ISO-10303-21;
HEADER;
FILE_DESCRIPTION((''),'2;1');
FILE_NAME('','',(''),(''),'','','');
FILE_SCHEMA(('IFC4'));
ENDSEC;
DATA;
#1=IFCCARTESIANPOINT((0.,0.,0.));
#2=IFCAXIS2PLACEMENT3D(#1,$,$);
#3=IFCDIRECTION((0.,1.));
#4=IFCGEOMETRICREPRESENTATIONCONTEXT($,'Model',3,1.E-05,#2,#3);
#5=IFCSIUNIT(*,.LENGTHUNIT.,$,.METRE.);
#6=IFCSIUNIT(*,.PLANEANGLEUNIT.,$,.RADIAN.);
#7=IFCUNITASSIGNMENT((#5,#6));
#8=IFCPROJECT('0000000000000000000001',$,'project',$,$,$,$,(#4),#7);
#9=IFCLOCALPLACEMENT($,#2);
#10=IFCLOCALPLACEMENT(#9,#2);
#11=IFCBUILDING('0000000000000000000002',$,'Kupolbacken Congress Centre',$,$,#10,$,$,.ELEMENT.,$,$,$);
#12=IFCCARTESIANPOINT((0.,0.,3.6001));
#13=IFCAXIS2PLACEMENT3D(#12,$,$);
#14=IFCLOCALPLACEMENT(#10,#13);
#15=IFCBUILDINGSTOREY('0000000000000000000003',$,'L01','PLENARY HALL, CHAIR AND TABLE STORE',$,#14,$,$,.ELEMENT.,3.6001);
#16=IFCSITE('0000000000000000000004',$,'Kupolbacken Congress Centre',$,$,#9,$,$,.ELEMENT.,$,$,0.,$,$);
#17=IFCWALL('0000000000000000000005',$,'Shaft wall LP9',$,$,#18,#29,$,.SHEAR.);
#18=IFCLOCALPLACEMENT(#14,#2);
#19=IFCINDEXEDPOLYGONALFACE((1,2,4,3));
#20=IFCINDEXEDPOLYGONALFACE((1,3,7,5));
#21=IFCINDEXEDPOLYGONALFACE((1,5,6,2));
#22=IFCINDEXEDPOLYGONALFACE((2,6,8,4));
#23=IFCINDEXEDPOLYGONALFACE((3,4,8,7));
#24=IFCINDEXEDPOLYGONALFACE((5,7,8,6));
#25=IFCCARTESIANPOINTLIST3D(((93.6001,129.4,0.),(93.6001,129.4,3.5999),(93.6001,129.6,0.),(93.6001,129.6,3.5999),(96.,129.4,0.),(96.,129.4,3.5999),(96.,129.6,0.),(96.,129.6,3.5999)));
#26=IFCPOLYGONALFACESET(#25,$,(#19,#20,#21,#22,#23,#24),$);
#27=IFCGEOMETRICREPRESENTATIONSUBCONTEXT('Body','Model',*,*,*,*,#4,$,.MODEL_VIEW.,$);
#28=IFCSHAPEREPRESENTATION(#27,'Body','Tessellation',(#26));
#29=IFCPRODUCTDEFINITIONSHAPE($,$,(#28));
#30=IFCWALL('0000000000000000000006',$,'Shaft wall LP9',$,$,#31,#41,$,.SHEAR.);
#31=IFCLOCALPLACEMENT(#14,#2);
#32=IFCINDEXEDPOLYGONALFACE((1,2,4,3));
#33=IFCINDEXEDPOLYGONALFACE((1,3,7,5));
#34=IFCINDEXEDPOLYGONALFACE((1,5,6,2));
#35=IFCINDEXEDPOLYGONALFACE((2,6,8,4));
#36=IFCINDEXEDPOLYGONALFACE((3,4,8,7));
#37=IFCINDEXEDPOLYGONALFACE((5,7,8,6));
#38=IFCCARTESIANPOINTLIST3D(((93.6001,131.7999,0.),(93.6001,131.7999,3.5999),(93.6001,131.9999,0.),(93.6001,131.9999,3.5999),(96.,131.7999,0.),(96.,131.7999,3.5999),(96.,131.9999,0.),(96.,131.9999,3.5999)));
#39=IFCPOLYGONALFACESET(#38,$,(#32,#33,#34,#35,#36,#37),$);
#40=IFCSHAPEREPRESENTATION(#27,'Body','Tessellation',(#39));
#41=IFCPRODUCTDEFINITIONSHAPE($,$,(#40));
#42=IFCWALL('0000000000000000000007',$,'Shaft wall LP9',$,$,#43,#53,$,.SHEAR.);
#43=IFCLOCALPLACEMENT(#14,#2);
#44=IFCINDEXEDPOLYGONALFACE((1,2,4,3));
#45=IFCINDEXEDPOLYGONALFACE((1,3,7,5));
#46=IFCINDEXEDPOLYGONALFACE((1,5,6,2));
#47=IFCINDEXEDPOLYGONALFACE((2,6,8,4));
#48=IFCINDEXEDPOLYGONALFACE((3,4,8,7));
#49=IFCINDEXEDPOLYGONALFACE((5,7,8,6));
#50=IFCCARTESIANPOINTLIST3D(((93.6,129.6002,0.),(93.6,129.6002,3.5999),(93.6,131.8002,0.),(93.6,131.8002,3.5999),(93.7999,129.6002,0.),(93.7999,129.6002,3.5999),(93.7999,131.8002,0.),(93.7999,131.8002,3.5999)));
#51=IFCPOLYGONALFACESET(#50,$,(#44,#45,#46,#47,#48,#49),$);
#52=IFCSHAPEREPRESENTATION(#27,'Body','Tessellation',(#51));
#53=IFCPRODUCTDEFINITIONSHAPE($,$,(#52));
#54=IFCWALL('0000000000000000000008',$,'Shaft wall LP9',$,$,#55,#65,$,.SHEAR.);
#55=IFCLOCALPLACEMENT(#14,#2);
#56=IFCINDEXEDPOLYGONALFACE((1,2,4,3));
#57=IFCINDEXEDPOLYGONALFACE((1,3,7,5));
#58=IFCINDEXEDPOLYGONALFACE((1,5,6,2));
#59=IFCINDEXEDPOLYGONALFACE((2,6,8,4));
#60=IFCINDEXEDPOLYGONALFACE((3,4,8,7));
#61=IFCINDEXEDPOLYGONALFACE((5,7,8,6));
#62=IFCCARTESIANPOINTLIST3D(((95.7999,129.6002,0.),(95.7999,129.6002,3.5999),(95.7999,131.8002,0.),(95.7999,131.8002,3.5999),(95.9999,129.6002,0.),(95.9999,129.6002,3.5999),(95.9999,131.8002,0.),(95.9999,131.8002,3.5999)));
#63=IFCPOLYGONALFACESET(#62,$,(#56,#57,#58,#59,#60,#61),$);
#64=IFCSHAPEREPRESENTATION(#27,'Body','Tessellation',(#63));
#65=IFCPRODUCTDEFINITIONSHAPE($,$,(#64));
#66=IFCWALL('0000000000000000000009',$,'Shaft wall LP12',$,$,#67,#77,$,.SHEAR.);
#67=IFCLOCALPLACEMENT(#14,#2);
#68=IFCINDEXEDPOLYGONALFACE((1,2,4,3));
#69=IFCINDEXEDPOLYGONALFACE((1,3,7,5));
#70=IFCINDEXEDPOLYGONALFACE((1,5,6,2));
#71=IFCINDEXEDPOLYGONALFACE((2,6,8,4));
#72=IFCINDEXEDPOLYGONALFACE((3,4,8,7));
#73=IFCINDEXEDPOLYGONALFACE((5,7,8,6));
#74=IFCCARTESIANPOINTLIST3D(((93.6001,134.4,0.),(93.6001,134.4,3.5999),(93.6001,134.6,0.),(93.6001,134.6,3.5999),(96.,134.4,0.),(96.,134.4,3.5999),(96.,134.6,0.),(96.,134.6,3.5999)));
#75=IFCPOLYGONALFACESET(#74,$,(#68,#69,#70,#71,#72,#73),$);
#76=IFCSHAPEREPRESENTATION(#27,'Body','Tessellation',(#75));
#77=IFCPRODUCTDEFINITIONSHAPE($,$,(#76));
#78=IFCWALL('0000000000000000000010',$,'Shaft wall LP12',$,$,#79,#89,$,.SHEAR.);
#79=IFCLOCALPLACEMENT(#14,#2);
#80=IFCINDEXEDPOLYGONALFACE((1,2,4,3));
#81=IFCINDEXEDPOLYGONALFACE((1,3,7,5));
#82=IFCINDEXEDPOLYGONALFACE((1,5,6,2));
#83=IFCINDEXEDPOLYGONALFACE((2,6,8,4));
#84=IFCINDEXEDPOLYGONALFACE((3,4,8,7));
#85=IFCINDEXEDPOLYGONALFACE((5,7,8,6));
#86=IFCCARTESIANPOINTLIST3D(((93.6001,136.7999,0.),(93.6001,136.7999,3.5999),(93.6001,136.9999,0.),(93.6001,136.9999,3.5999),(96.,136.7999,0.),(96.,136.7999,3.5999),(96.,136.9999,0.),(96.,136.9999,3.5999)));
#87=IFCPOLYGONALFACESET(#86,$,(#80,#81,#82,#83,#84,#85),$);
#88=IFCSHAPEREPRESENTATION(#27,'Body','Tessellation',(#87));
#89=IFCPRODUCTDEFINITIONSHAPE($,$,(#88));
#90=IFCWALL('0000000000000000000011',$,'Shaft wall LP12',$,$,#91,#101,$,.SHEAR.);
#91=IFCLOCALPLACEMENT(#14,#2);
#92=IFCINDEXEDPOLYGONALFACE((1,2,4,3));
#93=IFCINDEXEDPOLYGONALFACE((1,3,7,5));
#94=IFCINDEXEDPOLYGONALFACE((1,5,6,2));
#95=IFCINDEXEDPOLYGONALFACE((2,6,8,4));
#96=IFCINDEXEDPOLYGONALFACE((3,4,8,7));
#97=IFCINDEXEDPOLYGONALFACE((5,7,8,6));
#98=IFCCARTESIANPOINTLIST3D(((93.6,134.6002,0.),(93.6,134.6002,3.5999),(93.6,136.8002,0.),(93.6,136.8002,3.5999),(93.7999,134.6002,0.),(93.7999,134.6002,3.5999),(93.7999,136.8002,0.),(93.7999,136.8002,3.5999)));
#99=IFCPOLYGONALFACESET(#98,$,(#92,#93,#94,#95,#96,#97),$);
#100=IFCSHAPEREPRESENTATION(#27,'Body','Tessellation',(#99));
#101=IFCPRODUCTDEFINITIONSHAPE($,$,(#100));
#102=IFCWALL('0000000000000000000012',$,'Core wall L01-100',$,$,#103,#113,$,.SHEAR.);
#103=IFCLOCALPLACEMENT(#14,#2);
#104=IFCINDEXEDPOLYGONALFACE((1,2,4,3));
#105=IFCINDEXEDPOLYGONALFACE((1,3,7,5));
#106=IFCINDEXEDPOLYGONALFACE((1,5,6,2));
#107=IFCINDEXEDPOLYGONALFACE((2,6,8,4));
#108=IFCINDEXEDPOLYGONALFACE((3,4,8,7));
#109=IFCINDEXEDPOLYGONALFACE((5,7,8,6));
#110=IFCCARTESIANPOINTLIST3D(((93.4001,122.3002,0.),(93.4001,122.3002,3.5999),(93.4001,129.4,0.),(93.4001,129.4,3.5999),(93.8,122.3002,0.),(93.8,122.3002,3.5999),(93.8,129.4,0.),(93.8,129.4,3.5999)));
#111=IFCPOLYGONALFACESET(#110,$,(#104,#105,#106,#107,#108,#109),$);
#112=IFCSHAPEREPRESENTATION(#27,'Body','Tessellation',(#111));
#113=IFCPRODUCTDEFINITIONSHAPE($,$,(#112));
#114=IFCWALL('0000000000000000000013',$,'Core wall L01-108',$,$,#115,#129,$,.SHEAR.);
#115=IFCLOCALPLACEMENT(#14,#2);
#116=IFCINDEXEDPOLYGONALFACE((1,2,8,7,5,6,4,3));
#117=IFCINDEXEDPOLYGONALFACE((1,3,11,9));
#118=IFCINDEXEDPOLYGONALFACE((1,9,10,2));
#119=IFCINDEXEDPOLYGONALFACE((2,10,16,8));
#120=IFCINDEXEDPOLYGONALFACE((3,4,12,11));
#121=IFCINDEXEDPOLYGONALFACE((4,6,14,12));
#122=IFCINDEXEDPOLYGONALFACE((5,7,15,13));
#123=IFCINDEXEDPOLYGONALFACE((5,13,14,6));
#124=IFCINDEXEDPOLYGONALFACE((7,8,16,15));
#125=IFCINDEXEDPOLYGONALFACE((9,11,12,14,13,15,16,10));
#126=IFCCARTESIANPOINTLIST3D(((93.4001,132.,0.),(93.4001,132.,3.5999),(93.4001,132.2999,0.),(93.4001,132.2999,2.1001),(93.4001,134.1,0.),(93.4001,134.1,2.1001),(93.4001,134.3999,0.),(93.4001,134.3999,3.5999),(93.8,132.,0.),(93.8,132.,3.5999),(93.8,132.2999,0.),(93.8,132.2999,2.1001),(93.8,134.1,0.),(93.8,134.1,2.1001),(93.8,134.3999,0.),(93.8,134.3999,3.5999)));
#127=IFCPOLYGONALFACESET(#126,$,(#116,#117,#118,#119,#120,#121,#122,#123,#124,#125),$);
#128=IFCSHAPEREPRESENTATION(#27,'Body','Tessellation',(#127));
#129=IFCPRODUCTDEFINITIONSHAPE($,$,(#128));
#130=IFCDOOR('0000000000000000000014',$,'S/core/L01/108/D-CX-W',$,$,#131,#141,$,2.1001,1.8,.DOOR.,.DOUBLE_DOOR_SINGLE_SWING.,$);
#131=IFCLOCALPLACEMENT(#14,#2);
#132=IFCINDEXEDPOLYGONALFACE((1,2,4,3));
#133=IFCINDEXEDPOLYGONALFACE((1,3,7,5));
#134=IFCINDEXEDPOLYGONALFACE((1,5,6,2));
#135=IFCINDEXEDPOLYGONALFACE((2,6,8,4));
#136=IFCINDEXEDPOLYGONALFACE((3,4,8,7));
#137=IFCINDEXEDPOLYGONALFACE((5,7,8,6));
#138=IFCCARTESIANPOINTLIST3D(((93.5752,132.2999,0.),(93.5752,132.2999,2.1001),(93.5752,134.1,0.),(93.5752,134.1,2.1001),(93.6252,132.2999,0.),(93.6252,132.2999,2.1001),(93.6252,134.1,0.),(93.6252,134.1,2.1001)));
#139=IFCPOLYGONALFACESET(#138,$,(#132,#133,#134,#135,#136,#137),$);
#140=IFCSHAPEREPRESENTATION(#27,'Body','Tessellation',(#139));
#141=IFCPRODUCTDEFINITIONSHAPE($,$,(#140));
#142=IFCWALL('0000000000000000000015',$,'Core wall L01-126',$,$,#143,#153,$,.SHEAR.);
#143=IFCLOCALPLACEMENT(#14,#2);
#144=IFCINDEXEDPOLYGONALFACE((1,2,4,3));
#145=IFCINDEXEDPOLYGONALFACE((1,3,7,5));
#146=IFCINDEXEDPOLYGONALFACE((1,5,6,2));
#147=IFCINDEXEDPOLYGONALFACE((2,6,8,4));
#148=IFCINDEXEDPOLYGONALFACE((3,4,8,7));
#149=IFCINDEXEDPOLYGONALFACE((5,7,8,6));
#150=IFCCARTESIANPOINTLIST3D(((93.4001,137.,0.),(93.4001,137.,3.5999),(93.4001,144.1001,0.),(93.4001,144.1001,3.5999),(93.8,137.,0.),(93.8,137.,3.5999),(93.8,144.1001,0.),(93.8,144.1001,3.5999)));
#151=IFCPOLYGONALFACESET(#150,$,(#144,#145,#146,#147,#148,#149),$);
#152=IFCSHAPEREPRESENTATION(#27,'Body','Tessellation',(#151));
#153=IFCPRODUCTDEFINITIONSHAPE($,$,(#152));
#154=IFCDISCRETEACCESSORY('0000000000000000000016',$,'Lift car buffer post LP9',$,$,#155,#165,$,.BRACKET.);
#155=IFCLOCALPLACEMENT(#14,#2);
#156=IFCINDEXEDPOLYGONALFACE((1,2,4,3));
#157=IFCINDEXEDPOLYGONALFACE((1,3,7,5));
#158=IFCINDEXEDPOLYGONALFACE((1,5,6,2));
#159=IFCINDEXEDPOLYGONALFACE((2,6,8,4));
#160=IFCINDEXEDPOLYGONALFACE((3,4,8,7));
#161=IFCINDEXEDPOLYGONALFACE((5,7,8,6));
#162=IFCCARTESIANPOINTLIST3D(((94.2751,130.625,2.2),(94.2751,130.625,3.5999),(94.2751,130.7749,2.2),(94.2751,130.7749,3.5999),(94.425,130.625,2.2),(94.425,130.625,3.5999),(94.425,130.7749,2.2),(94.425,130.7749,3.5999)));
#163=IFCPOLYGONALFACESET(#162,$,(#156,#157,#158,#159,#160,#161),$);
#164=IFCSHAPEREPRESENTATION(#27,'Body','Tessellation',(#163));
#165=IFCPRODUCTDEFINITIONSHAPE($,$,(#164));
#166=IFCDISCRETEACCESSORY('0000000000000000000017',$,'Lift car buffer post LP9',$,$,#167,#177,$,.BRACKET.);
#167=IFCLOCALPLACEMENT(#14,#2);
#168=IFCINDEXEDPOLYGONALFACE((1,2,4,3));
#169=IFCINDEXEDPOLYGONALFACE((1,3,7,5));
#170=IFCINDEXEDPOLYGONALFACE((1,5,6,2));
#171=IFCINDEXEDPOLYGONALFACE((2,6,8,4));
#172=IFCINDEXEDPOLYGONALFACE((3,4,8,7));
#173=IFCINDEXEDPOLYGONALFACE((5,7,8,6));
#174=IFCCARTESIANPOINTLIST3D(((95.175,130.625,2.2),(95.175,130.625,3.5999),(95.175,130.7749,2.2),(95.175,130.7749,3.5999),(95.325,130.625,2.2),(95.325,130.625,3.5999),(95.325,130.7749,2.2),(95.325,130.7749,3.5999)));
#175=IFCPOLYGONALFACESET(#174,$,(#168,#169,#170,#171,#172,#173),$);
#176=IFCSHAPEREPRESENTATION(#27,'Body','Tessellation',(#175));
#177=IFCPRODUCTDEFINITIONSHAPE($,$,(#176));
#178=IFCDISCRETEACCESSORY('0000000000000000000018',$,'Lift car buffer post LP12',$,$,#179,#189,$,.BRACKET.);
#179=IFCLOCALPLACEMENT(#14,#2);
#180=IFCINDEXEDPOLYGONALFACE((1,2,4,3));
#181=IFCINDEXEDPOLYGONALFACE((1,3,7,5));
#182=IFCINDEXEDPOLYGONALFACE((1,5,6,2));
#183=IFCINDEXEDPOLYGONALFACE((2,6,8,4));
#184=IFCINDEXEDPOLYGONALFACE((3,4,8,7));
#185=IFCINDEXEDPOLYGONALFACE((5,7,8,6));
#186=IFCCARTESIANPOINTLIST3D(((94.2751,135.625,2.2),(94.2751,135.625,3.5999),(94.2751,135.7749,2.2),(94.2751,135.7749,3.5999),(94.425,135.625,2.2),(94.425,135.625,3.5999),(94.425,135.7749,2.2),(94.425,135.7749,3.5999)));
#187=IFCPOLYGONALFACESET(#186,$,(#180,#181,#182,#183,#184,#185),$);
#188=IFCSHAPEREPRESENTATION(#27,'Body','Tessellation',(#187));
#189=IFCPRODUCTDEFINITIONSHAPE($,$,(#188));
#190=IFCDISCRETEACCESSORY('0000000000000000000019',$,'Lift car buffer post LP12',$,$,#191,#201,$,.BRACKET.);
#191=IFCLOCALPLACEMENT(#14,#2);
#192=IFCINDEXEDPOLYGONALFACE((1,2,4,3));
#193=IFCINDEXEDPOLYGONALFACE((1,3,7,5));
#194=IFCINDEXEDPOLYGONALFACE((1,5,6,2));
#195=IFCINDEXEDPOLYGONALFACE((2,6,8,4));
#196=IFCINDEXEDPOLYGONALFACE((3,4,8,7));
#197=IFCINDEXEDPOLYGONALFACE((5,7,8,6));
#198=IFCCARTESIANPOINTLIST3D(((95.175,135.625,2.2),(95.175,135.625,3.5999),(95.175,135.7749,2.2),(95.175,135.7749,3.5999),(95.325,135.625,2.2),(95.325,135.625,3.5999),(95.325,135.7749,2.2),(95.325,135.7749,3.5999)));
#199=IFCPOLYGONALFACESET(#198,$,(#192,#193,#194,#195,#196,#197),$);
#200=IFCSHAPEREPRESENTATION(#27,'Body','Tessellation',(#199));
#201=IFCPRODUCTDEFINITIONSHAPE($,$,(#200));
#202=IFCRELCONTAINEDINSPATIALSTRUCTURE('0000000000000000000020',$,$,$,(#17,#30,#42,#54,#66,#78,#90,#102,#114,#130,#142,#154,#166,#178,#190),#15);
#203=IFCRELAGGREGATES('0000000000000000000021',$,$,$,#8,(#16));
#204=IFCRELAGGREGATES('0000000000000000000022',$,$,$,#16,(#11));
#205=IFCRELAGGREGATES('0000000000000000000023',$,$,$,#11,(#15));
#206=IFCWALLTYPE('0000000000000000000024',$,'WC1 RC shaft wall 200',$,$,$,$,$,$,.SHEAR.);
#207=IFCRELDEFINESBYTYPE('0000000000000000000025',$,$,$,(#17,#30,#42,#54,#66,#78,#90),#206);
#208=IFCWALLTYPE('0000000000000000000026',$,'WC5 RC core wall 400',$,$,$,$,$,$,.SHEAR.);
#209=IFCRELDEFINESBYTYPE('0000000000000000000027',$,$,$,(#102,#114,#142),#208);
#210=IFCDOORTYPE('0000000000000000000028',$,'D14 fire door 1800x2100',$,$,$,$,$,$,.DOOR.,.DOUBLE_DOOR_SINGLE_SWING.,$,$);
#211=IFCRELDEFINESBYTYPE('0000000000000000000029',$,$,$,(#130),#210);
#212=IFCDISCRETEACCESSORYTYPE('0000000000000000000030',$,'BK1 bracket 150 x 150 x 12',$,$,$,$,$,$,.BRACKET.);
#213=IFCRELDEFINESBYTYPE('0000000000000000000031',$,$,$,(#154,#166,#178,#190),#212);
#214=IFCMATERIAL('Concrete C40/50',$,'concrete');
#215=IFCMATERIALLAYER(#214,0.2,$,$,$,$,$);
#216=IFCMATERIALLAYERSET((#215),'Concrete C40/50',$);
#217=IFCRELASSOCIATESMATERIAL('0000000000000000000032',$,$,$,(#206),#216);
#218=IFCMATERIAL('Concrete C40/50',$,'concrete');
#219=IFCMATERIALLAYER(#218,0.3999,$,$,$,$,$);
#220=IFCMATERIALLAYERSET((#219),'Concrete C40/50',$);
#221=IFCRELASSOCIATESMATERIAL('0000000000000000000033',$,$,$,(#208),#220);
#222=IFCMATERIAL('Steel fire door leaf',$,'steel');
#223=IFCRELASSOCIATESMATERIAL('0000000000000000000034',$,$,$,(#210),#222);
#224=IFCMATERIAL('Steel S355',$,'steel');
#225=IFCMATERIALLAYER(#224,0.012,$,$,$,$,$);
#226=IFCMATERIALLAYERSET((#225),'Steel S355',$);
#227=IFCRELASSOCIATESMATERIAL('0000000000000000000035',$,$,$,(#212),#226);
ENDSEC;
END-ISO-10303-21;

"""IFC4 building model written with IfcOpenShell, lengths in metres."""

from ifc_helpers import new_model, si_unit, direction, frame, frame_2d, origin, origin_2d, place, context, subcontext, project, spatial, rectangle, extrude, material, layer, layer_set, type_object, element, fill, save


model = new_model("IFC4")

# Units and contexts
model_context = context("Model", 3, precision=1e-05, world=origin(), true_north=direction((0.0, 1.0)))
body_context = subcontext(model_context, "Body", "Model", "MODEL_VIEW")
ifc_project = project(units=[si_unit("LENGTHUNIT", "METRE"), si_unit("PLANEANGLEUNIT", "RADIAN")], contexts=[model_context])

# Site, building, storey
site_placement = place(None, origin())
site = spatial("IfcSite", under=ifc_project, at=site_placement, Name="Kupolbacken Congress Centre", CompositionType="ELEMENT", RefElevation=0.0)
building_placement = place(site_placement, origin())
building = spatial("IfcBuilding", under=site, at=building_placement, Name="Kupolbacken Congress Centre", CompositionType="ELEMENT")
storey_placement = place(building_placement, frame((0.0, 0.0, 3.6001)))
storey = spatial("IfcBuildingStorey", under=building, at=storey_placement, Name="L01", Description="PLENARY HALL, CHAIR AND TABLE STORE", CompositionType="ELEMENT", Elevation=3.6001)

# Walls
ifc_material_1 = material(Name="Concrete C40/50", Category="concrete")
ifc_layer_1 = layer(ifc_material_1, 0.2)
ifc_layer_set_1 = layer_set([ifc_layer_1], Name="Concrete C40/50")
wall_type_1 = type_object("IfcWallType", Name="WC1 RC shaft wall 200", PredefinedType="SHEAR", material=ifc_layer_set_1)
for number, where, z_axis, x_axis, name in (
    (1, (93.6001, 129.5, 0.0), (0.0, 0.0, 1.0), (1.0, 0.0, 0.0), "Shaft wall LP9"),
    (2, (93.6001, 131.8999, 0.0), (0.0, 0.0, 1.0), (1.0, 0.0, 0.0), "Shaft wall LP9"),
):
    element("IfcWall", number, at=place(storey_placement, frame(where, z_axis=z_axis, x_axis=x_axis)), inside=storey, type_object=wall_type_1, Name=name, PredefinedType="SHEAR", context=body_context, shape_type="SweptSolid", body=[
        extrude(rectangle(XDim=2.3999, YDim=0.2, at=frame_2d((1.2, 0.0))), origin(), (0.0, 0.0, 1.0), 3.5999),
    ])
for number, where, z_axis, x_axis, name in (
    (3, (93.7, 129.6001, 0.0), (0.0, 0.0, 1.0), (0.0, 1.0, 0.0), "Shaft wall LP9"),
    (4, (95.8999, 129.6001, 0.0), (0.0, 0.0, 1.0), (0.0, 1.0, 0.0), "Shaft wall LP9"),
):
    element("IfcWall", number, at=place(storey_placement, frame(where, z_axis=z_axis, x_axis=x_axis)), inside=storey, type_object=wall_type_1, Name=name, PredefinedType="SHEAR", context=body_context, shape_type="SweptSolid", body=[
        extrude(rectangle(XDim=2.2, YDim=0.2, at=frame_2d((1.1001, 0.0))), origin(), (0.0, 0.0, 1.0), 3.5999),
    ])
for number, where, z_axis, x_axis, name in (
    (5, (93.6001, 134.5, 0.0), (0.0, 0.0, 1.0), (1.0, 0.0, 0.0), "Shaft wall LP12"),
    (6, (93.6001, 136.8999, 0.0), (0.0, 0.0, 1.0), (1.0, 0.0, 0.0), "Shaft wall LP12"),
):
    element("IfcWall", number, at=place(storey_placement, frame(where, z_axis=z_axis, x_axis=x_axis)), inside=storey, type_object=wall_type_1, Name=name, PredefinedType="SHEAR", context=body_context, shape_type="SweptSolid", body=[
        extrude(rectangle(XDim=2.3999, YDim=0.2, at=frame_2d((1.2, 0.0))), origin(), (0.0, 0.0, 1.0), 3.5999),
    ])
wall_1_placement = place(storey_placement, frame((93.7, 134.6001, 0.0), z_axis=(0.0, 0.0, 1.0), x_axis=(0.0, 1.0, 0.0)))
element("IfcWall", 7, at=wall_1_placement, inside=storey, type_object=wall_type_1, Name="Shaft wall LP12", PredefinedType="SHEAR", context=body_context, shape_type="SweptSolid", body=[
    extrude(rectangle(XDim=2.2, YDim=0.2, at=frame_2d((1.1001, 0.0))), origin(), (0.0, 0.0, 1.0), 3.5999),
])
ifc_material_2 = material(Name="Concrete C40/50", Category="concrete")
ifc_layer_2 = layer(ifc_material_2, 0.3999)
ifc_layer_set_2 = layer_set([ifc_layer_2], Name="Concrete C40/50")
wall_type_2 = type_object("IfcWallType", Name="WC5 RC core wall 400", PredefinedType="SHEAR", material=ifc_layer_set_2)
wall_2_placement = place(storey_placement, frame((93.6001, 129.3999, 0.0), z_axis=(0.0, 0.0, 1.0), x_axis=(0.0, -1.0, 0.0)))
element("IfcWall", 8, at=wall_2_placement, inside=storey, type_object=wall_type_2, Name="Core wall L01-100", PredefinedType="SHEAR", context=body_context, shape_type="SweptSolid", body=[
    extrude(rectangle(XDim=7.0999, YDim=0.3999, at=frame_2d((3.5498, 0.0))), origin(), (0.0, 0.0, 1.0), 3.5999),
])

# Wall, opening, door
wall_3_placement = place(storey_placement, frame((93.6001, 132.0, 0.0), z_axis=(0.0, 0.0, 1.0), x_axis=(0.0, 1.0, 0.0)))
wall_3 = element("IfcWall", 9, at=wall_3_placement, inside=storey, type_object=wall_type_2, Name="Core wall L01-108", PredefinedType="SHEAR", context=body_context, shape_type="SweptSolid", body=[
    extrude(rectangle(XDim=2.3999, YDim=0.3999, at=frame_2d((1.2, 0.0))), origin(), (0.0, 0.0, 1.0), 3.5999),
])
opening_placement = place(wall_3_placement, frame((0.3, 0.0, 0.0)))
opening = element("IfcOpeningElement", 10, at=opening_placement, cuts=wall_3, PredefinedType="OPENING", context=body_context, shape_type="SweptSolid", body=[
    extrude(rectangle(XDim=1.8, YDim=2.1001, at=frame_2d((0.8999, 1.05))), frame((0.0, 0.21, 0.0), z_axis=(0.0, -1.0, 0.0), x_axis=(1.0, 0.0, 0.0)), (0.0, 0.0, 1.0), 0.4199),
])
ifc_material_3 = material(Name="Steel fire door leaf", Category="steel")
door_type = type_object("IfcDoorType", Name="D14 fire door 1800x2100", OperationType="DOUBLE_DOOR_SINGLE_SWING", PredefinedType="DOOR", material=ifc_material_3)
door_placement = place(opening_placement, origin())
door = element("IfcDoor", 11, at=door_placement, inside=storey, type_object=door_type, Name="S/core/L01/108/D-CX-W", OperationType="DOUBLE_DOOR_SINGLE_SWING", OverallHeight=2.1001, OverallWidth=1.8, PredefinedType="DOOR", context=body_context, shape_type="SweptSolid", body=[
    extrude(rectangle(XDim=1.8, YDim=2.1001, at=frame_2d((0.8999, 1.05))), frame((0.0, 0.0249, 0.0), z_axis=(0.0, -1.0, 0.0), x_axis=(1.0, 0.0, 0.0)), (0.0, 0.0, 1.0), 0.05),
])
fill(opening, door)

# Wall
wall_4_placement = place(storey_placement, frame((93.6001, 144.1001, 0.0), z_axis=(0.0, 0.0, 1.0), x_axis=(0.0, -1.0, 0.0)))
element("IfcWall", 12, at=wall_4_placement, inside=storey, type_object=wall_type_2, Name="Core wall L01-126", PredefinedType="SHEAR", context=body_context, shape_type="SweptSolid", body=[
    extrude(rectangle(XDim=7.1001, YDim=0.3999, at=frame_2d((3.55, 0.0))), origin(), (0.0, 0.0, 1.0), 3.5999),
])

# Discrete accessories
ifc_material_4 = material(Name="Steel S355", Category="steel")
ifc_layer_3 = layer(ifc_material_4, 0.012)
ifc_layer_set_3 = layer_set([ifc_layer_3], Name="Steel S355")
discrete_accessory_type = type_object("IfcDiscreteAccessoryType", Name="BK1 bracket 150 x 150 x 12", PredefinedType="BRACKET", material=ifc_layer_set_3)
for number, where, z_axis, x_axis, name in (
    (13, (94.3501, 130.7, 2.2), (0.0, 0.0, 1.0), (1.0, 0.0, 0.0), "Lift car buffer post LP9"),
    (14, (95.25, 130.7, 2.2), (0.0, 0.0, 1.0), (1.0, 0.0, 0.0), "Lift car buffer post LP9"),
    (15, (94.3501, 135.7, 2.2), (0.0, 0.0, 1.0), (1.0, 0.0, 0.0), "Lift car buffer post LP12"),
    (16, (95.25, 135.7, 2.2), (0.0, 0.0, 1.0), (1.0, 0.0, 0.0), "Lift car buffer post LP12"),
):
    element("IfcDiscreteAccessory", number, at=place(storey_placement, frame(where, z_axis=z_axis, x_axis=x_axis)), inside=storey, type_object=discrete_accessory_type, Name=name, PredefinedType="BRACKET", context=body_context, shape_type="SweptSolid", body=[
        extrude(rectangle(XDim=0.1499, YDim=0.1499, at=origin_2d()), origin(), (0.0, 0.0, 1.0), 1.3999),
    ])

save(model, "model.ifc")
